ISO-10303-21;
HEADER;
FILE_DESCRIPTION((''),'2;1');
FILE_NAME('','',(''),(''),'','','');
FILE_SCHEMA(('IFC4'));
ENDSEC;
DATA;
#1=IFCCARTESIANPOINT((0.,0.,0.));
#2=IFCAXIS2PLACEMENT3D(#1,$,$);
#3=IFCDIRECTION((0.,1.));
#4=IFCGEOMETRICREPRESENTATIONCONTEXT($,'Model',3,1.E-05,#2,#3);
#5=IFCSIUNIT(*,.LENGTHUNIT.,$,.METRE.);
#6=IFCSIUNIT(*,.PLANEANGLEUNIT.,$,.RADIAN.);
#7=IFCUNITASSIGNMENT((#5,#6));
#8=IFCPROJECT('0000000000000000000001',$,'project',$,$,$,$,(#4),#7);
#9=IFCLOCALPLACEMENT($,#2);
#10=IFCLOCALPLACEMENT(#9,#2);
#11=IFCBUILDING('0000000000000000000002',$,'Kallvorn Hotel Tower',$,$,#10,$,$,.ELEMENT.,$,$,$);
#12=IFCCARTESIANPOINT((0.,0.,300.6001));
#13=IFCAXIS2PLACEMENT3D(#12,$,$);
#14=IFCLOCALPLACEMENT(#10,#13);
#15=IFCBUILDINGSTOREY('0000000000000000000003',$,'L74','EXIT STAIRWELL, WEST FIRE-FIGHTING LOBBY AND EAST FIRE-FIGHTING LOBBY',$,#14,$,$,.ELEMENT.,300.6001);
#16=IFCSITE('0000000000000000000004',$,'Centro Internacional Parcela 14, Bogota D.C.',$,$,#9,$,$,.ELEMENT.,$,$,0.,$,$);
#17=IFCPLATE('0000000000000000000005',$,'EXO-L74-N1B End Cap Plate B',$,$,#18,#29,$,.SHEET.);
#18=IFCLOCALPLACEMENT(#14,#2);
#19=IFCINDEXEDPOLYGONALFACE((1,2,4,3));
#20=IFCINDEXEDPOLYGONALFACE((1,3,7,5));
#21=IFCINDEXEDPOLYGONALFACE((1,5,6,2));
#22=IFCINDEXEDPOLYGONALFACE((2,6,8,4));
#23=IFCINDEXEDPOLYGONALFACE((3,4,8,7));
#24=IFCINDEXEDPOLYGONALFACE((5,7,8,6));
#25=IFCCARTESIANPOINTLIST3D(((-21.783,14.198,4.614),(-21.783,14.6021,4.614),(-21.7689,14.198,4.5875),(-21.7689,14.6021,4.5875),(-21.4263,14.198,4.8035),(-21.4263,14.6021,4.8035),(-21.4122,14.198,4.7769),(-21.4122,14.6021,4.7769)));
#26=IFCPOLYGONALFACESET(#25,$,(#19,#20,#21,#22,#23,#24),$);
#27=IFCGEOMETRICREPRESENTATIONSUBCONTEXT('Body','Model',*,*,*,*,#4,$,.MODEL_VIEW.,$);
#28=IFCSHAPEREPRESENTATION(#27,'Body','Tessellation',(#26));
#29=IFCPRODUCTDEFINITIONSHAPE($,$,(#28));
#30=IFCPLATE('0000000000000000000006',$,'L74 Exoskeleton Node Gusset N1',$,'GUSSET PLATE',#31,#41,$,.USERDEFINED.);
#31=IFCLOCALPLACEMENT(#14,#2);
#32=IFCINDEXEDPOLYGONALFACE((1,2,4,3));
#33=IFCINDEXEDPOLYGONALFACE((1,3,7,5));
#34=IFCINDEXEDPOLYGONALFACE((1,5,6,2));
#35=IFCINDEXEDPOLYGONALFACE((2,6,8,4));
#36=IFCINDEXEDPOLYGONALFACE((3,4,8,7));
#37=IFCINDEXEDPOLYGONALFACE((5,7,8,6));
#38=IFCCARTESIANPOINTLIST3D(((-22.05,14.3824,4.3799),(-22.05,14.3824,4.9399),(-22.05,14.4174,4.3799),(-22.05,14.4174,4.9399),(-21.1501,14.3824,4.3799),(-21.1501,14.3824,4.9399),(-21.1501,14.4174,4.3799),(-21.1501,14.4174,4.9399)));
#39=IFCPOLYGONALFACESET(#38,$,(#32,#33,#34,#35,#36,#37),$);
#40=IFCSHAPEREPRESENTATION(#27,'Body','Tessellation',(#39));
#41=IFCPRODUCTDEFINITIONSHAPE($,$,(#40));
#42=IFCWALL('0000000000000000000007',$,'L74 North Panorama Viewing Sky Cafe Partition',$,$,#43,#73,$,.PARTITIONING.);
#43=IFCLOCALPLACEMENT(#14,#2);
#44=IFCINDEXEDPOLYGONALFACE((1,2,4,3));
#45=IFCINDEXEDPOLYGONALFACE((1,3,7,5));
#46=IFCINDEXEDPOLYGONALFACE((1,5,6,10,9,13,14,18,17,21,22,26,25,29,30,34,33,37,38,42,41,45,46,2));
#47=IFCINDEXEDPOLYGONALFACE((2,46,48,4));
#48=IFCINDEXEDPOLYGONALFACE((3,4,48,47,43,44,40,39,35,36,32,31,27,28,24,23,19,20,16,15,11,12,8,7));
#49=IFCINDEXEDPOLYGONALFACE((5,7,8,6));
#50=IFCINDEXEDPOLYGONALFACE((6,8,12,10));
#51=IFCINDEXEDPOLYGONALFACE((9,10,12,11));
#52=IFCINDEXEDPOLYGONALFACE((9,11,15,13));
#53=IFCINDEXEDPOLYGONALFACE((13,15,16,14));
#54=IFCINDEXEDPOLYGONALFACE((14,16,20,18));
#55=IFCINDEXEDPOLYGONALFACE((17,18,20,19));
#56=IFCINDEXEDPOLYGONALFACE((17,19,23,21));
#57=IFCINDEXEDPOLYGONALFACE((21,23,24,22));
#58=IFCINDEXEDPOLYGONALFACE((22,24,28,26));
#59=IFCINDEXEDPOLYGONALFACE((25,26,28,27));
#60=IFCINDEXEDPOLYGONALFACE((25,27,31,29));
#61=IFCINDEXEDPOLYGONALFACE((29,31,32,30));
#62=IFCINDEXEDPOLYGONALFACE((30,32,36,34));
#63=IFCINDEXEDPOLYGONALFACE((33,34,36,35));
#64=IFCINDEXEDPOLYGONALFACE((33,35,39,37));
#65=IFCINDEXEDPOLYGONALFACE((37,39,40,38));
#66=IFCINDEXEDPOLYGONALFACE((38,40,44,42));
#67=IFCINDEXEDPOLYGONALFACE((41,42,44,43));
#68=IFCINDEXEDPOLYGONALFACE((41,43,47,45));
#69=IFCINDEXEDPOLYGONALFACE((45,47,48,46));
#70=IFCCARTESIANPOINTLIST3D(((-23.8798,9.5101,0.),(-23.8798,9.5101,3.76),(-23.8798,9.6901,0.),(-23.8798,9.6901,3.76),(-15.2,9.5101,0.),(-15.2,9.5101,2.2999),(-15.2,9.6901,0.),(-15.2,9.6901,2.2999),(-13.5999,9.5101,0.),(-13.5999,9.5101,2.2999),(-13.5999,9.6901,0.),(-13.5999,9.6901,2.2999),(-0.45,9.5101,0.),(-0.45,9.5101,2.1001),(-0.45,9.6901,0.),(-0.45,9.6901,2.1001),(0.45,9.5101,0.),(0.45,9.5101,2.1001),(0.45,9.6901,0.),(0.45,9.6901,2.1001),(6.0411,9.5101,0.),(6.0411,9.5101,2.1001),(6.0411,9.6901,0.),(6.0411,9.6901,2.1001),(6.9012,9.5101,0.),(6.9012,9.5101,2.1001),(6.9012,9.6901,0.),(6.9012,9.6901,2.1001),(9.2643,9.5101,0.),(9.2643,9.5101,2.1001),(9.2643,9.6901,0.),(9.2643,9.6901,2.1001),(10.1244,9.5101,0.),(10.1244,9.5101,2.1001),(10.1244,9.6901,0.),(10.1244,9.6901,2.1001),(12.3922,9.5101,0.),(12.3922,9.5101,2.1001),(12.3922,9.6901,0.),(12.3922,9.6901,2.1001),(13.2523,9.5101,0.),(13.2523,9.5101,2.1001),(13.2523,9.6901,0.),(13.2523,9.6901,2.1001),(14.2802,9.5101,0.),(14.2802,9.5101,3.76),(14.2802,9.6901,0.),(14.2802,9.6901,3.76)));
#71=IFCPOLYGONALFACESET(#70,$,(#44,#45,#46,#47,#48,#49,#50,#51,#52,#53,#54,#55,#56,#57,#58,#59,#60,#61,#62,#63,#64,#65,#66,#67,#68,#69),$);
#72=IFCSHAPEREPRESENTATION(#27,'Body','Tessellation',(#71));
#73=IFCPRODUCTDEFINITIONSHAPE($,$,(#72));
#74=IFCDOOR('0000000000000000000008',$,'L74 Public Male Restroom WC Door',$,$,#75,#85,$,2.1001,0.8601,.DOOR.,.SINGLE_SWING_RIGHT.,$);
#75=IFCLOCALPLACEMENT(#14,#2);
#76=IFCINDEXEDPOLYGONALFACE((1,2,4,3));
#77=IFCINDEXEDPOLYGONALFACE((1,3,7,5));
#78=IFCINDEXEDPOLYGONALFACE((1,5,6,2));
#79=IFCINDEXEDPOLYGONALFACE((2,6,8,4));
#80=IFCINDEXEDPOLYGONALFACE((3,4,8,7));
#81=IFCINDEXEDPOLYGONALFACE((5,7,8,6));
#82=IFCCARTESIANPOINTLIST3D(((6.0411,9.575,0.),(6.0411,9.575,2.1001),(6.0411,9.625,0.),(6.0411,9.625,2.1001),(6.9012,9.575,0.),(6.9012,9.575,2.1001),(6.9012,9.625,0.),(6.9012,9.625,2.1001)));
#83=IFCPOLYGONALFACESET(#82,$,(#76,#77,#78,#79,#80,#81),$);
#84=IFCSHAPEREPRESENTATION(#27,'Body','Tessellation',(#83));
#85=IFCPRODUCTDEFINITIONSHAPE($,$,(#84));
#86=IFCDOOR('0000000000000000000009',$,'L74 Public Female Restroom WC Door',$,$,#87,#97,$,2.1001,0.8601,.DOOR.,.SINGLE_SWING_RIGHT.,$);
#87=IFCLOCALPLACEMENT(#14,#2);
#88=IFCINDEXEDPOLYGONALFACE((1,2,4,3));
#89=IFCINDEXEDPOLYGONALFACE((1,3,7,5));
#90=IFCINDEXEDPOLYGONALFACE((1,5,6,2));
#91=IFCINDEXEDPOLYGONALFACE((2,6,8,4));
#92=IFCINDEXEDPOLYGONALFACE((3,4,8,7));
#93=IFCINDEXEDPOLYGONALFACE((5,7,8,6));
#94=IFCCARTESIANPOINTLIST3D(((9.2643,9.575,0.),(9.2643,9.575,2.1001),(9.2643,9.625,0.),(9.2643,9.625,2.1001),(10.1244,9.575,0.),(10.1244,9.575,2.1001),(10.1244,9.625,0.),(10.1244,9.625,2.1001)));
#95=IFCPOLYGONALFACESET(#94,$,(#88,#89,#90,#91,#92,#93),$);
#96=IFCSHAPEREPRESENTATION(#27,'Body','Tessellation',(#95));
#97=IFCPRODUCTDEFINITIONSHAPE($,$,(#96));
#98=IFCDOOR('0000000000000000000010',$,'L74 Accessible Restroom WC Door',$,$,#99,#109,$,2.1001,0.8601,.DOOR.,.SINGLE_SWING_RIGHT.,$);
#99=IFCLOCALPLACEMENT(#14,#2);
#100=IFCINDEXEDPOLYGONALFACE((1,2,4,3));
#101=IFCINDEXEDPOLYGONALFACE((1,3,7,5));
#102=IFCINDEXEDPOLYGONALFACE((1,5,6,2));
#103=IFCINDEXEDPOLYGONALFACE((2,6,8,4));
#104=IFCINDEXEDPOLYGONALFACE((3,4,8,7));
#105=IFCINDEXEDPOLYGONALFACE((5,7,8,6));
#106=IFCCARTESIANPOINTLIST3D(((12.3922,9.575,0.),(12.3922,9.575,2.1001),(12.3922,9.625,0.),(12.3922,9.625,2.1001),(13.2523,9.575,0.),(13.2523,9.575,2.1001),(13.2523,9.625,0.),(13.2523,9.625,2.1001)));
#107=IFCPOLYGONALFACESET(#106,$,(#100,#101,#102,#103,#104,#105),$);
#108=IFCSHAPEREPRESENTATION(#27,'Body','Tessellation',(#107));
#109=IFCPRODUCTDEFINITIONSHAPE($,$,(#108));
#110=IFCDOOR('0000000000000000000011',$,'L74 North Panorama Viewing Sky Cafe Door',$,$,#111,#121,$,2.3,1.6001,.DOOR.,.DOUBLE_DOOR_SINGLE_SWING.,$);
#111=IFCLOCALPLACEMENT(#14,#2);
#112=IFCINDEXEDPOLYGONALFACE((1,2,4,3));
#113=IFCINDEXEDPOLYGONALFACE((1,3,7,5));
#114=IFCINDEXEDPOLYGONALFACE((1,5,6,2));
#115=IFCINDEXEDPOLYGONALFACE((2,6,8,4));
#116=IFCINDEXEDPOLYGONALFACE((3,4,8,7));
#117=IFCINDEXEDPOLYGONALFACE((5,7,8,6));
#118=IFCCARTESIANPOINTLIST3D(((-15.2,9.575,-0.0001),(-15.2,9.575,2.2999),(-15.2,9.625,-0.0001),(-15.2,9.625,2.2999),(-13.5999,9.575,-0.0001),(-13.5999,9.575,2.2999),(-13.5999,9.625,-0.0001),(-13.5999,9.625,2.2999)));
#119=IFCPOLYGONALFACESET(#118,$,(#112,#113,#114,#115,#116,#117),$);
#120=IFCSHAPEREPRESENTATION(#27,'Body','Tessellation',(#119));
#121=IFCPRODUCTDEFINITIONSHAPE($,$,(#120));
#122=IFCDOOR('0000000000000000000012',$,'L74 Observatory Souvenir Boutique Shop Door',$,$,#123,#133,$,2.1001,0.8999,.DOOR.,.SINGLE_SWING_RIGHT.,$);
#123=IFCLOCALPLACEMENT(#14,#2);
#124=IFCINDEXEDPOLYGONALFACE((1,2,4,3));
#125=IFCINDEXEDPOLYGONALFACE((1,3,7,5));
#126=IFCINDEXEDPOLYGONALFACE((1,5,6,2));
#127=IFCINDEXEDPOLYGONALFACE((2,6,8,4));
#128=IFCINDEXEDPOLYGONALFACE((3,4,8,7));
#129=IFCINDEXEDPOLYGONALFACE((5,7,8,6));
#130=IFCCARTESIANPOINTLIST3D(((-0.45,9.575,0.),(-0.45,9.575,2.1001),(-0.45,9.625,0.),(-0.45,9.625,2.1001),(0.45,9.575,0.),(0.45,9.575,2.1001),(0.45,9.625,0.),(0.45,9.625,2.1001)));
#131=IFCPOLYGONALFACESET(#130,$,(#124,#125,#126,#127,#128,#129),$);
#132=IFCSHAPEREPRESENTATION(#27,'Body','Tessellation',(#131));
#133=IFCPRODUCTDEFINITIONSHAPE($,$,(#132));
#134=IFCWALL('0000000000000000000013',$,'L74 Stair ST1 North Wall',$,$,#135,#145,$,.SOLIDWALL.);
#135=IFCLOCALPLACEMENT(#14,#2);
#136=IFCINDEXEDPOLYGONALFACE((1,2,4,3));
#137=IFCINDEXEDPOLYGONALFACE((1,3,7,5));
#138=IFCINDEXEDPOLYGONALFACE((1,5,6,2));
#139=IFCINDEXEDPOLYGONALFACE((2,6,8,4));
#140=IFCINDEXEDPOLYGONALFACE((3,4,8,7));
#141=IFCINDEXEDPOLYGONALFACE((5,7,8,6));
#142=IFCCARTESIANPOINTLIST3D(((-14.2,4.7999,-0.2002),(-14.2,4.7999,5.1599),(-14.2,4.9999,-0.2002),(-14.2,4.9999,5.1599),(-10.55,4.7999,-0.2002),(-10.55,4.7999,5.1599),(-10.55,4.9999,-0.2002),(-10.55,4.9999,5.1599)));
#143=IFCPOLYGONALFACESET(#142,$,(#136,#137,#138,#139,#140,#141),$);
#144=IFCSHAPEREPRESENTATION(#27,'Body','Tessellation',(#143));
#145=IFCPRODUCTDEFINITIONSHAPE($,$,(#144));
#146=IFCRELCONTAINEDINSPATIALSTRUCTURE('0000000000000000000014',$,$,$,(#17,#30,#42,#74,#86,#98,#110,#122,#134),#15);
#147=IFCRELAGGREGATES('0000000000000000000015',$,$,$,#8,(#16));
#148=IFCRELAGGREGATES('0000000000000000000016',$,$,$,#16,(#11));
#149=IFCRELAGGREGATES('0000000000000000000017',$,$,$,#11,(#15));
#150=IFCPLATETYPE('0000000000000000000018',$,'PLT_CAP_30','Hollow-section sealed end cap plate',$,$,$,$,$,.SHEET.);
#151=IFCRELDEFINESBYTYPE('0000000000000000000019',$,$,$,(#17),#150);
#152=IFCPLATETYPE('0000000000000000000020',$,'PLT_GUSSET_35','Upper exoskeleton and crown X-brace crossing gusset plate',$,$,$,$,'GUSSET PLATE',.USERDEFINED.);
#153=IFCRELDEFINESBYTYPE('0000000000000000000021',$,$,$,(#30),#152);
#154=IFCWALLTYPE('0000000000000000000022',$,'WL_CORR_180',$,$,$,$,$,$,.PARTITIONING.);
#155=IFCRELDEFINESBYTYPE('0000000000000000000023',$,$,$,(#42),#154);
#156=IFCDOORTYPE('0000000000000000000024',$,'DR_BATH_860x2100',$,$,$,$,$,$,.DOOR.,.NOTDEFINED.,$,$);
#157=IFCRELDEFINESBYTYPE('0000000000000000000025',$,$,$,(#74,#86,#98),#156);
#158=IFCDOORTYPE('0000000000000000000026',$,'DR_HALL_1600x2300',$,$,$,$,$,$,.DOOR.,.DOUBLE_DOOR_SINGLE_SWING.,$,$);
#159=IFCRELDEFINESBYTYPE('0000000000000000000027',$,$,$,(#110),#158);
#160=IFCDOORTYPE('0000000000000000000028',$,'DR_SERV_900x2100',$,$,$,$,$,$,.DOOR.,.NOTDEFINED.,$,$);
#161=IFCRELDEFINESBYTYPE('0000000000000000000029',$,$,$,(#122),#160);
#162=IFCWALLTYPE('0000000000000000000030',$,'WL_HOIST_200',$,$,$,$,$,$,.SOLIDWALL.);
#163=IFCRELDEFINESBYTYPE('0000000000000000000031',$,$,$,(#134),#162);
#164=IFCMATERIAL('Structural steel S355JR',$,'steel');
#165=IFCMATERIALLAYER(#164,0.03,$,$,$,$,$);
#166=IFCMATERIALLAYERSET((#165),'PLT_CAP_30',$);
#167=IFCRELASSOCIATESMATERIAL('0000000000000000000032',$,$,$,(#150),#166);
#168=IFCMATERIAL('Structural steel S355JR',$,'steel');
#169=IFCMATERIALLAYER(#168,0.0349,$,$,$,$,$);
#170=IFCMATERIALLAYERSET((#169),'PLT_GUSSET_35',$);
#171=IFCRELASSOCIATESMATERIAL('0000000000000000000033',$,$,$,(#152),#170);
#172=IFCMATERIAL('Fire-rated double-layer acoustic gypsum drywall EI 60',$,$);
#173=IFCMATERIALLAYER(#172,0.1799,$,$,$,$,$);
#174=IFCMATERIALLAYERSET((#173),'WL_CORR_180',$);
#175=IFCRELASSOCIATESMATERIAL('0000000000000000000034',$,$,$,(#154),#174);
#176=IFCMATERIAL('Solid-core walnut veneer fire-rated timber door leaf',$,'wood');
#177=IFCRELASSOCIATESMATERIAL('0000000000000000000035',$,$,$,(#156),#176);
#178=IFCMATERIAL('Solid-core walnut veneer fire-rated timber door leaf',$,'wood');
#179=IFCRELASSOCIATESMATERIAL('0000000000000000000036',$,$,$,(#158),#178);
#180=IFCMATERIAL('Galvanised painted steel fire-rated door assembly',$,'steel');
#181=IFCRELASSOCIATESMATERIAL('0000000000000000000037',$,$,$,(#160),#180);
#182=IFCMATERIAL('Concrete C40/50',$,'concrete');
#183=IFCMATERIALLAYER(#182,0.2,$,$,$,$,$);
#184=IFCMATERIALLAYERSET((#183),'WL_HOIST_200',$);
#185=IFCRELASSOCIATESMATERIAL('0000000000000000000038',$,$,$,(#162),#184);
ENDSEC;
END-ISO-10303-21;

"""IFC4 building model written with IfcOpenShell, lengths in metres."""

from ifc_helpers import new_model, si_unit, direction, frame, frame_2d, origin, origin_2d, place, context, subcontext, project, spatial, polyline, rectangle, outline, extrude, material, layer, layer_set, type_object, element, fill, save


model = new_model("IFC4")

# Units and contexts
model_context = context("Model", 3, precision=1e-05, world=origin(), true_north=direction((0.0, 1.0)))
body_context = subcontext(model_context, "Body", "Model", "MODEL_VIEW")
ifc_project = project(units=[si_unit("LENGTHUNIT", "METRE"), si_unit("PLANEANGLEUNIT", "RADIAN")], contexts=[model_context])

# Site, building, storey
site_placement = place(None, origin())
site = spatial("IfcSite", under=ifc_project, at=site_placement, Name="Centro Internacional Parcela 14, Bogota D.C.", CompositionType="ELEMENT", RefElevation=0.0)
building_placement = place(site_placement, origin())
building = spatial("IfcBuilding", under=site, at=building_placement, Name="Kallvorn Hotel Tower", CompositionType="ELEMENT")
storey_placement = place(building_placement, frame((0.0, 0.0, 300.6001)))
storey = spatial("IfcBuildingStorey", under=building, at=storey_placement, Name="L74", Description="EXIT STAIRWELL, WEST FIRE-FIGHTING LOBBY AND EAST FIRE-FIGHTING LOBBY", CompositionType="ELEMENT", Elevation=300.6001)

# Plates
ifc_material_1 = material(Name="Structural steel S355JR", Category="steel")
ifc_layer_1 = layer(ifc_material_1, 0.03)
ifc_layer_set_1 = layer_set([ifc_layer_1], Name="PLT_CAP_30")
plate_type_1 = type_object("IfcPlateType", Name="PLT_CAP_30", Description="Hollow-section sealed end cap plate", PredefinedType="SHEET", material=ifc_layer_set_1)
for number, where, z_axis, x_axis, name in (
    (1, (-21.783, 14.6021, 4.614), (-0.469082, 0.0, 0.883155), (0.0, -1.0, 0.0), "EXO-L74-N1B End Cap Plate B"),
):
    element("IfcPlate", number, at=place(storey_placement, frame(where, z_axis=z_axis, x_axis=x_axis)), inside=storey, type_object=plate_type_1, Name=name, PredefinedType="SHEET", context=body_context, shape_type="SweptSolid", body=[
        extrude(outline(polyline([(0.0, 0.0), (0.4041, 0.0), (0.4041, 0.4039), (0.0, 0.4039), (0.0, 0.0)])), origin(), (0.0, 0.0, -1.0), 0.03),
    ])
ifc_material_2 = material(Name="Structural steel S355JR", Category="steel")
ifc_layer_2 = layer(ifc_material_2, 0.0349)
ifc_layer_set_2 = layer_set([ifc_layer_2], Name="PLT_GUSSET_35")
plate_type_2 = type_object("IfcPlateType", Name="PLT_GUSSET_35", Description="Upper exoskeleton and crown X-brace crossing gusset plate", ElementType="GUSSET PLATE", PredefinedType="USERDEFINED", material=ifc_layer_set_2)
plate_placement = place(storey_placement, frame((-21.6001, 14.3999, 4.3799), z_axis=(0.0, 0.0, 1.0), x_axis=(1.0, 0.0, 0.0)))
element("IfcPlate", 2, at=plate_placement, inside=storey, type_object=plate_type_2, Name="L74 Exoskeleton Node Gusset N1", ObjectType="GUSSET PLATE", PredefinedType="USERDEFINED", context=body_context, shape_type="SweptSolid", body=[
    extrude(rectangle(XDim=0.8999, YDim=0.0349, at=origin_2d()), origin(), (0.0, 0.0, 1.0), 0.5601),
])

# Wall, openings, doors
ifc_material_3 = material(Name="Fire-rated double-layer acoustic gypsum drywall EI 60")
ifc_layer_3 = layer(ifc_material_3, 0.1799)
ifc_layer_set_3 = layer_set([ifc_layer_3], Name="WL_CORR_180")
wall_type_1 = type_object("IfcWallType", Name="WL_CORR_180", PredefinedType="PARTITIONING", material=ifc_layer_set_3)
wall_1_placement = place(storey_placement, frame((-23.8799, 9.6001, 0.0), z_axis=(0.0, 0.0, 1.0), x_axis=(1.0, 0.0, 0.0)))
wall_1 = element("IfcWall", 3, at=wall_1_placement, inside=storey, type_object=wall_type_1, Name="L74 North Panorama Viewing Sky Cafe Partition", PredefinedType="PARTITIONING", context=body_context, shape_type="SweptSolid", body=[
    extrude(rectangle(XDim=38.1599, YDim=0.1799, at=frame_2d((19.0801, 0.0))), origin(), (0.0, 0.0, 1.0), 3.76),
])
opening_1_placement = place(wall_1_placement, frame((8.6799, 0.0, 0.0)))
opening_1 = element("IfcOpeningElement", 4, at=opening_1_placement, cuts=wall_1, PredefinedType="OPENING", context=body_context, shape_type="SweptSolid", body=[
    extrude(rectangle(XDim=1.6001, YDim=2.3, at=frame_2d((0.8, 1.1499))), frame((0.0, 0.1047, 0.0), z_axis=(0.0, -1.0, 0.0), x_axis=(1.0, 0.0, 0.0)), (0.0, 0.0, 1.0), 0.21),
])
opening_2_placement = place(wall_1_placement, frame((23.4299, 0.0, 0.0)))
opening_2 = element("IfcOpeningElement", 5, at=opening_2_placement, cuts=wall_1, PredefinedType="OPENING", context=body_context, shape_type="SweptSolid", body=[
    extrude(rectangle(XDim=0.8999, YDim=2.1001, at=frame_2d((0.45, 1.05))), frame((0.0, 0.1047, 0.0), z_axis=(0.0, -1.0, 0.0), x_axis=(1.0, 0.0, 0.0)), (0.0, 0.0, 1.0), 0.21),
])
opening_3_placement = place(wall_1_placement, frame((29.9209, 0.0, 0.0)))
opening_3 = element("IfcOpeningElement", 6, at=opening_3_placement, cuts=wall_1, PredefinedType="OPENING", context=body_context, shape_type="SweptSolid", body=[
    extrude(rectangle(XDim=0.8601, YDim=2.1001, at=frame_2d((0.4302, 1.05))), frame((0.0, 0.1047, 0.0), z_axis=(0.0, -1.0, 0.0), x_axis=(1.0, 0.0, 0.0)), (0.0, 0.0, 1.0), 0.21),
])
opening_4_placement = place(wall_1_placement, frame((33.144, 0.0, 0.0)))
opening_4 = element("IfcOpeningElement", 7, at=opening_4_placement, cuts=wall_1, PredefinedType="OPENING", context=body_context, shape_type="SweptSolid", body=[
    extrude(rectangle(XDim=0.8601, YDim=2.1001, at=frame_2d((0.4302, 1.05))), frame((0.0, 0.1047, 0.0), z_axis=(0.0, -1.0, 0.0), x_axis=(1.0, 0.0, 0.0)), (0.0, 0.0, 1.0), 0.21),
])
opening_5_placement = place(wall_1_placement, frame((36.272, 0.0, 0.0)))
opening_5 = element("IfcOpeningElement", 8, at=opening_5_placement, cuts=wall_1, PredefinedType="OPENING", context=body_context, shape_type="SweptSolid", body=[
    extrude(rectangle(XDim=0.8601, YDim=2.1001, at=frame_2d((0.4302, 1.05))), frame((0.0, 0.1047, 0.0), z_axis=(0.0, -1.0, 0.0), x_axis=(1.0, 0.0, 0.0)), (0.0, 0.0, 1.0), 0.21),
])
ifc_material_4 = material(Name="Solid-core walnut veneer fire-rated timber door leaf", Category="wood")
door_type_1 = type_object("IfcDoorType", Name="DR_BATH_860x2100", OperationType="NOTDEFINED", PredefinedType="DOOR", material=ifc_material_4)
door_1_placement = place(opening_3_placement, origin())
door_1 = element("IfcDoor", 9, at=door_1_placement, inside=storey, type_object=door_type_1, Name="L74 Public Male Restroom WC Door", OperationType="SINGLE_SWING_RIGHT", OverallHeight=2.1001, OverallWidth=0.8601, PredefinedType="DOOR", context=body_context, shape_type="SweptSolid", body=[
    extrude(rectangle(XDim=0.8601, YDim=2.1001, at=frame_2d((0.4302, 1.05))), frame((0.0, 0.0249, 0.0), z_axis=(0.0, -1.0, 0.0), x_axis=(1.0, 0.0, 0.0)), (0.0, 0.0, 1.0), 0.05),
])
fill(opening_3, door_1)
door_2_placement = place(opening_4_placement, origin())
door_2 = element("IfcDoor", 10, at=door_2_placement, inside=storey, type_object=door_type_1, Name="L74 Public Female Restroom WC Door", OperationType="SINGLE_SWING_RIGHT", OverallHeight=2.1001, OverallWidth=0.8601, PredefinedType="DOOR", context=body_context, shape_type="SweptSolid", body=[
    extrude(rectangle(XDim=0.8601, YDim=2.1001, at=frame_2d((0.4302, 1.05))), frame((0.0, 0.0249, 0.0), z_axis=(0.0, -1.0, 0.0), x_axis=(1.0, 0.0, 0.0)), (0.0, 0.0, 1.0), 0.05),
])
fill(opening_4, door_2)
door_3_placement = place(opening_5_placement, origin())
door_3 = element("IfcDoor", 11, at=door_3_placement, inside=storey, type_object=door_type_1, Name="L74 Accessible Restroom WC Door", OperationType="SINGLE_SWING_RIGHT", OverallHeight=2.1001, OverallWidth=0.8601, PredefinedType="DOOR", context=body_context, shape_type="SweptSolid", body=[
    extrude(rectangle(XDim=0.8601, YDim=2.1001, at=frame_2d((0.4302, 1.05))), frame((0.0, 0.0249, 0.0), z_axis=(0.0, -1.0, 0.0), x_axis=(1.0, 0.0, 0.0)), (0.0, 0.0, 1.0), 0.05),
])
fill(opening_5, door_3)
ifc_material_5 = material(Name="Solid-core walnut veneer fire-rated timber door leaf", Category="wood")
door_type_2 = type_object("IfcDoorType", Name="DR_HALL_1600x2300", OperationType="DOUBLE_DOOR_SINGLE_SWING", PredefinedType="DOOR", material=ifc_material_5)
door_4_placement = place(opening_1_placement, origin())
door_4 = element("IfcDoor", 12, at=door_4_placement, inside=storey, type_object=door_type_2, Name="L74 North Panorama Viewing Sky Cafe Door", OperationType="DOUBLE_DOOR_SINGLE_SWING", OverallHeight=2.3, OverallWidth=1.6001, PredefinedType="DOOR", context=body_context, shape_type="SweptSolid", body=[
    extrude(rectangle(XDim=1.6001, YDim=2.3, at=frame_2d((0.8, 1.1499))), frame((0.0, 0.0249, 0.0), z_axis=(0.0, -1.0, 0.0), x_axis=(1.0, 0.0, 0.0)), (0.0, 0.0, 1.0), 0.05),
])
fill(opening_1, door_4)
ifc_material_6 = material(Name="Galvanised painted steel fire-rated door assembly", Category="steel")
door_type_3 = type_object("IfcDoorType", Name="DR_SERV_900x2100", OperationType="NOTDEFINED", PredefinedType="DOOR", material=ifc_material_6)
door_5_placement = place(opening_2_placement, origin())
door_5 = element("IfcDoor", 13, at=door_5_placement, inside=storey, type_object=door_type_3, Name="L74 Observatory Souvenir Boutique Shop Door", OperationType="SINGLE_SWING_RIGHT", OverallHeight=2.1001, OverallWidth=0.8999, PredefinedType="DOOR", context=body_context, shape_type="SweptSolid", body=[
    extrude(rectangle(XDim=0.8999, YDim=2.1001, at=frame_2d((0.45, 1.05))), frame((0.0, 0.0249, 0.0), z_axis=(0.0, -1.0, 0.0), x_axis=(1.0, 0.0, 0.0)), (0.0, 0.0, 1.0), 0.05),
])
fill(opening_2, door_5)

# Wall
ifc_material_7 = material(Name="Concrete C40/50", Category="concrete")
ifc_layer_4 = layer(ifc_material_7, 0.2)
ifc_layer_set_4 = layer_set([ifc_layer_4], Name="WL_HOIST_200")
wall_type_2 = type_object("IfcWallType", Name="WL_HOIST_200", PredefinedType="SOLIDWALL", material=ifc_layer_set_4)
wall_2_placement = place(storey_placement, frame((-14.2, 4.8999, -0.2002), z_axis=(0.0, 0.0, 1.0), x_axis=(1.0, 0.0, 0.0)))
element("IfcWall", 14, at=wall_2_placement, inside=storey, type_object=wall_type_2, Name="L74 Stair ST1 North Wall", PredefinedType="SOLIDWALL", context=body_context, shape_type="SweptSolid", body=[
    extrude(rectangle(XDim=3.6499, YDim=0.2, at=frame_2d((1.825, 0.0))), origin(), (0.0, 0.0, 1.0), 5.3601),
])

save(model, "model.ifc")
